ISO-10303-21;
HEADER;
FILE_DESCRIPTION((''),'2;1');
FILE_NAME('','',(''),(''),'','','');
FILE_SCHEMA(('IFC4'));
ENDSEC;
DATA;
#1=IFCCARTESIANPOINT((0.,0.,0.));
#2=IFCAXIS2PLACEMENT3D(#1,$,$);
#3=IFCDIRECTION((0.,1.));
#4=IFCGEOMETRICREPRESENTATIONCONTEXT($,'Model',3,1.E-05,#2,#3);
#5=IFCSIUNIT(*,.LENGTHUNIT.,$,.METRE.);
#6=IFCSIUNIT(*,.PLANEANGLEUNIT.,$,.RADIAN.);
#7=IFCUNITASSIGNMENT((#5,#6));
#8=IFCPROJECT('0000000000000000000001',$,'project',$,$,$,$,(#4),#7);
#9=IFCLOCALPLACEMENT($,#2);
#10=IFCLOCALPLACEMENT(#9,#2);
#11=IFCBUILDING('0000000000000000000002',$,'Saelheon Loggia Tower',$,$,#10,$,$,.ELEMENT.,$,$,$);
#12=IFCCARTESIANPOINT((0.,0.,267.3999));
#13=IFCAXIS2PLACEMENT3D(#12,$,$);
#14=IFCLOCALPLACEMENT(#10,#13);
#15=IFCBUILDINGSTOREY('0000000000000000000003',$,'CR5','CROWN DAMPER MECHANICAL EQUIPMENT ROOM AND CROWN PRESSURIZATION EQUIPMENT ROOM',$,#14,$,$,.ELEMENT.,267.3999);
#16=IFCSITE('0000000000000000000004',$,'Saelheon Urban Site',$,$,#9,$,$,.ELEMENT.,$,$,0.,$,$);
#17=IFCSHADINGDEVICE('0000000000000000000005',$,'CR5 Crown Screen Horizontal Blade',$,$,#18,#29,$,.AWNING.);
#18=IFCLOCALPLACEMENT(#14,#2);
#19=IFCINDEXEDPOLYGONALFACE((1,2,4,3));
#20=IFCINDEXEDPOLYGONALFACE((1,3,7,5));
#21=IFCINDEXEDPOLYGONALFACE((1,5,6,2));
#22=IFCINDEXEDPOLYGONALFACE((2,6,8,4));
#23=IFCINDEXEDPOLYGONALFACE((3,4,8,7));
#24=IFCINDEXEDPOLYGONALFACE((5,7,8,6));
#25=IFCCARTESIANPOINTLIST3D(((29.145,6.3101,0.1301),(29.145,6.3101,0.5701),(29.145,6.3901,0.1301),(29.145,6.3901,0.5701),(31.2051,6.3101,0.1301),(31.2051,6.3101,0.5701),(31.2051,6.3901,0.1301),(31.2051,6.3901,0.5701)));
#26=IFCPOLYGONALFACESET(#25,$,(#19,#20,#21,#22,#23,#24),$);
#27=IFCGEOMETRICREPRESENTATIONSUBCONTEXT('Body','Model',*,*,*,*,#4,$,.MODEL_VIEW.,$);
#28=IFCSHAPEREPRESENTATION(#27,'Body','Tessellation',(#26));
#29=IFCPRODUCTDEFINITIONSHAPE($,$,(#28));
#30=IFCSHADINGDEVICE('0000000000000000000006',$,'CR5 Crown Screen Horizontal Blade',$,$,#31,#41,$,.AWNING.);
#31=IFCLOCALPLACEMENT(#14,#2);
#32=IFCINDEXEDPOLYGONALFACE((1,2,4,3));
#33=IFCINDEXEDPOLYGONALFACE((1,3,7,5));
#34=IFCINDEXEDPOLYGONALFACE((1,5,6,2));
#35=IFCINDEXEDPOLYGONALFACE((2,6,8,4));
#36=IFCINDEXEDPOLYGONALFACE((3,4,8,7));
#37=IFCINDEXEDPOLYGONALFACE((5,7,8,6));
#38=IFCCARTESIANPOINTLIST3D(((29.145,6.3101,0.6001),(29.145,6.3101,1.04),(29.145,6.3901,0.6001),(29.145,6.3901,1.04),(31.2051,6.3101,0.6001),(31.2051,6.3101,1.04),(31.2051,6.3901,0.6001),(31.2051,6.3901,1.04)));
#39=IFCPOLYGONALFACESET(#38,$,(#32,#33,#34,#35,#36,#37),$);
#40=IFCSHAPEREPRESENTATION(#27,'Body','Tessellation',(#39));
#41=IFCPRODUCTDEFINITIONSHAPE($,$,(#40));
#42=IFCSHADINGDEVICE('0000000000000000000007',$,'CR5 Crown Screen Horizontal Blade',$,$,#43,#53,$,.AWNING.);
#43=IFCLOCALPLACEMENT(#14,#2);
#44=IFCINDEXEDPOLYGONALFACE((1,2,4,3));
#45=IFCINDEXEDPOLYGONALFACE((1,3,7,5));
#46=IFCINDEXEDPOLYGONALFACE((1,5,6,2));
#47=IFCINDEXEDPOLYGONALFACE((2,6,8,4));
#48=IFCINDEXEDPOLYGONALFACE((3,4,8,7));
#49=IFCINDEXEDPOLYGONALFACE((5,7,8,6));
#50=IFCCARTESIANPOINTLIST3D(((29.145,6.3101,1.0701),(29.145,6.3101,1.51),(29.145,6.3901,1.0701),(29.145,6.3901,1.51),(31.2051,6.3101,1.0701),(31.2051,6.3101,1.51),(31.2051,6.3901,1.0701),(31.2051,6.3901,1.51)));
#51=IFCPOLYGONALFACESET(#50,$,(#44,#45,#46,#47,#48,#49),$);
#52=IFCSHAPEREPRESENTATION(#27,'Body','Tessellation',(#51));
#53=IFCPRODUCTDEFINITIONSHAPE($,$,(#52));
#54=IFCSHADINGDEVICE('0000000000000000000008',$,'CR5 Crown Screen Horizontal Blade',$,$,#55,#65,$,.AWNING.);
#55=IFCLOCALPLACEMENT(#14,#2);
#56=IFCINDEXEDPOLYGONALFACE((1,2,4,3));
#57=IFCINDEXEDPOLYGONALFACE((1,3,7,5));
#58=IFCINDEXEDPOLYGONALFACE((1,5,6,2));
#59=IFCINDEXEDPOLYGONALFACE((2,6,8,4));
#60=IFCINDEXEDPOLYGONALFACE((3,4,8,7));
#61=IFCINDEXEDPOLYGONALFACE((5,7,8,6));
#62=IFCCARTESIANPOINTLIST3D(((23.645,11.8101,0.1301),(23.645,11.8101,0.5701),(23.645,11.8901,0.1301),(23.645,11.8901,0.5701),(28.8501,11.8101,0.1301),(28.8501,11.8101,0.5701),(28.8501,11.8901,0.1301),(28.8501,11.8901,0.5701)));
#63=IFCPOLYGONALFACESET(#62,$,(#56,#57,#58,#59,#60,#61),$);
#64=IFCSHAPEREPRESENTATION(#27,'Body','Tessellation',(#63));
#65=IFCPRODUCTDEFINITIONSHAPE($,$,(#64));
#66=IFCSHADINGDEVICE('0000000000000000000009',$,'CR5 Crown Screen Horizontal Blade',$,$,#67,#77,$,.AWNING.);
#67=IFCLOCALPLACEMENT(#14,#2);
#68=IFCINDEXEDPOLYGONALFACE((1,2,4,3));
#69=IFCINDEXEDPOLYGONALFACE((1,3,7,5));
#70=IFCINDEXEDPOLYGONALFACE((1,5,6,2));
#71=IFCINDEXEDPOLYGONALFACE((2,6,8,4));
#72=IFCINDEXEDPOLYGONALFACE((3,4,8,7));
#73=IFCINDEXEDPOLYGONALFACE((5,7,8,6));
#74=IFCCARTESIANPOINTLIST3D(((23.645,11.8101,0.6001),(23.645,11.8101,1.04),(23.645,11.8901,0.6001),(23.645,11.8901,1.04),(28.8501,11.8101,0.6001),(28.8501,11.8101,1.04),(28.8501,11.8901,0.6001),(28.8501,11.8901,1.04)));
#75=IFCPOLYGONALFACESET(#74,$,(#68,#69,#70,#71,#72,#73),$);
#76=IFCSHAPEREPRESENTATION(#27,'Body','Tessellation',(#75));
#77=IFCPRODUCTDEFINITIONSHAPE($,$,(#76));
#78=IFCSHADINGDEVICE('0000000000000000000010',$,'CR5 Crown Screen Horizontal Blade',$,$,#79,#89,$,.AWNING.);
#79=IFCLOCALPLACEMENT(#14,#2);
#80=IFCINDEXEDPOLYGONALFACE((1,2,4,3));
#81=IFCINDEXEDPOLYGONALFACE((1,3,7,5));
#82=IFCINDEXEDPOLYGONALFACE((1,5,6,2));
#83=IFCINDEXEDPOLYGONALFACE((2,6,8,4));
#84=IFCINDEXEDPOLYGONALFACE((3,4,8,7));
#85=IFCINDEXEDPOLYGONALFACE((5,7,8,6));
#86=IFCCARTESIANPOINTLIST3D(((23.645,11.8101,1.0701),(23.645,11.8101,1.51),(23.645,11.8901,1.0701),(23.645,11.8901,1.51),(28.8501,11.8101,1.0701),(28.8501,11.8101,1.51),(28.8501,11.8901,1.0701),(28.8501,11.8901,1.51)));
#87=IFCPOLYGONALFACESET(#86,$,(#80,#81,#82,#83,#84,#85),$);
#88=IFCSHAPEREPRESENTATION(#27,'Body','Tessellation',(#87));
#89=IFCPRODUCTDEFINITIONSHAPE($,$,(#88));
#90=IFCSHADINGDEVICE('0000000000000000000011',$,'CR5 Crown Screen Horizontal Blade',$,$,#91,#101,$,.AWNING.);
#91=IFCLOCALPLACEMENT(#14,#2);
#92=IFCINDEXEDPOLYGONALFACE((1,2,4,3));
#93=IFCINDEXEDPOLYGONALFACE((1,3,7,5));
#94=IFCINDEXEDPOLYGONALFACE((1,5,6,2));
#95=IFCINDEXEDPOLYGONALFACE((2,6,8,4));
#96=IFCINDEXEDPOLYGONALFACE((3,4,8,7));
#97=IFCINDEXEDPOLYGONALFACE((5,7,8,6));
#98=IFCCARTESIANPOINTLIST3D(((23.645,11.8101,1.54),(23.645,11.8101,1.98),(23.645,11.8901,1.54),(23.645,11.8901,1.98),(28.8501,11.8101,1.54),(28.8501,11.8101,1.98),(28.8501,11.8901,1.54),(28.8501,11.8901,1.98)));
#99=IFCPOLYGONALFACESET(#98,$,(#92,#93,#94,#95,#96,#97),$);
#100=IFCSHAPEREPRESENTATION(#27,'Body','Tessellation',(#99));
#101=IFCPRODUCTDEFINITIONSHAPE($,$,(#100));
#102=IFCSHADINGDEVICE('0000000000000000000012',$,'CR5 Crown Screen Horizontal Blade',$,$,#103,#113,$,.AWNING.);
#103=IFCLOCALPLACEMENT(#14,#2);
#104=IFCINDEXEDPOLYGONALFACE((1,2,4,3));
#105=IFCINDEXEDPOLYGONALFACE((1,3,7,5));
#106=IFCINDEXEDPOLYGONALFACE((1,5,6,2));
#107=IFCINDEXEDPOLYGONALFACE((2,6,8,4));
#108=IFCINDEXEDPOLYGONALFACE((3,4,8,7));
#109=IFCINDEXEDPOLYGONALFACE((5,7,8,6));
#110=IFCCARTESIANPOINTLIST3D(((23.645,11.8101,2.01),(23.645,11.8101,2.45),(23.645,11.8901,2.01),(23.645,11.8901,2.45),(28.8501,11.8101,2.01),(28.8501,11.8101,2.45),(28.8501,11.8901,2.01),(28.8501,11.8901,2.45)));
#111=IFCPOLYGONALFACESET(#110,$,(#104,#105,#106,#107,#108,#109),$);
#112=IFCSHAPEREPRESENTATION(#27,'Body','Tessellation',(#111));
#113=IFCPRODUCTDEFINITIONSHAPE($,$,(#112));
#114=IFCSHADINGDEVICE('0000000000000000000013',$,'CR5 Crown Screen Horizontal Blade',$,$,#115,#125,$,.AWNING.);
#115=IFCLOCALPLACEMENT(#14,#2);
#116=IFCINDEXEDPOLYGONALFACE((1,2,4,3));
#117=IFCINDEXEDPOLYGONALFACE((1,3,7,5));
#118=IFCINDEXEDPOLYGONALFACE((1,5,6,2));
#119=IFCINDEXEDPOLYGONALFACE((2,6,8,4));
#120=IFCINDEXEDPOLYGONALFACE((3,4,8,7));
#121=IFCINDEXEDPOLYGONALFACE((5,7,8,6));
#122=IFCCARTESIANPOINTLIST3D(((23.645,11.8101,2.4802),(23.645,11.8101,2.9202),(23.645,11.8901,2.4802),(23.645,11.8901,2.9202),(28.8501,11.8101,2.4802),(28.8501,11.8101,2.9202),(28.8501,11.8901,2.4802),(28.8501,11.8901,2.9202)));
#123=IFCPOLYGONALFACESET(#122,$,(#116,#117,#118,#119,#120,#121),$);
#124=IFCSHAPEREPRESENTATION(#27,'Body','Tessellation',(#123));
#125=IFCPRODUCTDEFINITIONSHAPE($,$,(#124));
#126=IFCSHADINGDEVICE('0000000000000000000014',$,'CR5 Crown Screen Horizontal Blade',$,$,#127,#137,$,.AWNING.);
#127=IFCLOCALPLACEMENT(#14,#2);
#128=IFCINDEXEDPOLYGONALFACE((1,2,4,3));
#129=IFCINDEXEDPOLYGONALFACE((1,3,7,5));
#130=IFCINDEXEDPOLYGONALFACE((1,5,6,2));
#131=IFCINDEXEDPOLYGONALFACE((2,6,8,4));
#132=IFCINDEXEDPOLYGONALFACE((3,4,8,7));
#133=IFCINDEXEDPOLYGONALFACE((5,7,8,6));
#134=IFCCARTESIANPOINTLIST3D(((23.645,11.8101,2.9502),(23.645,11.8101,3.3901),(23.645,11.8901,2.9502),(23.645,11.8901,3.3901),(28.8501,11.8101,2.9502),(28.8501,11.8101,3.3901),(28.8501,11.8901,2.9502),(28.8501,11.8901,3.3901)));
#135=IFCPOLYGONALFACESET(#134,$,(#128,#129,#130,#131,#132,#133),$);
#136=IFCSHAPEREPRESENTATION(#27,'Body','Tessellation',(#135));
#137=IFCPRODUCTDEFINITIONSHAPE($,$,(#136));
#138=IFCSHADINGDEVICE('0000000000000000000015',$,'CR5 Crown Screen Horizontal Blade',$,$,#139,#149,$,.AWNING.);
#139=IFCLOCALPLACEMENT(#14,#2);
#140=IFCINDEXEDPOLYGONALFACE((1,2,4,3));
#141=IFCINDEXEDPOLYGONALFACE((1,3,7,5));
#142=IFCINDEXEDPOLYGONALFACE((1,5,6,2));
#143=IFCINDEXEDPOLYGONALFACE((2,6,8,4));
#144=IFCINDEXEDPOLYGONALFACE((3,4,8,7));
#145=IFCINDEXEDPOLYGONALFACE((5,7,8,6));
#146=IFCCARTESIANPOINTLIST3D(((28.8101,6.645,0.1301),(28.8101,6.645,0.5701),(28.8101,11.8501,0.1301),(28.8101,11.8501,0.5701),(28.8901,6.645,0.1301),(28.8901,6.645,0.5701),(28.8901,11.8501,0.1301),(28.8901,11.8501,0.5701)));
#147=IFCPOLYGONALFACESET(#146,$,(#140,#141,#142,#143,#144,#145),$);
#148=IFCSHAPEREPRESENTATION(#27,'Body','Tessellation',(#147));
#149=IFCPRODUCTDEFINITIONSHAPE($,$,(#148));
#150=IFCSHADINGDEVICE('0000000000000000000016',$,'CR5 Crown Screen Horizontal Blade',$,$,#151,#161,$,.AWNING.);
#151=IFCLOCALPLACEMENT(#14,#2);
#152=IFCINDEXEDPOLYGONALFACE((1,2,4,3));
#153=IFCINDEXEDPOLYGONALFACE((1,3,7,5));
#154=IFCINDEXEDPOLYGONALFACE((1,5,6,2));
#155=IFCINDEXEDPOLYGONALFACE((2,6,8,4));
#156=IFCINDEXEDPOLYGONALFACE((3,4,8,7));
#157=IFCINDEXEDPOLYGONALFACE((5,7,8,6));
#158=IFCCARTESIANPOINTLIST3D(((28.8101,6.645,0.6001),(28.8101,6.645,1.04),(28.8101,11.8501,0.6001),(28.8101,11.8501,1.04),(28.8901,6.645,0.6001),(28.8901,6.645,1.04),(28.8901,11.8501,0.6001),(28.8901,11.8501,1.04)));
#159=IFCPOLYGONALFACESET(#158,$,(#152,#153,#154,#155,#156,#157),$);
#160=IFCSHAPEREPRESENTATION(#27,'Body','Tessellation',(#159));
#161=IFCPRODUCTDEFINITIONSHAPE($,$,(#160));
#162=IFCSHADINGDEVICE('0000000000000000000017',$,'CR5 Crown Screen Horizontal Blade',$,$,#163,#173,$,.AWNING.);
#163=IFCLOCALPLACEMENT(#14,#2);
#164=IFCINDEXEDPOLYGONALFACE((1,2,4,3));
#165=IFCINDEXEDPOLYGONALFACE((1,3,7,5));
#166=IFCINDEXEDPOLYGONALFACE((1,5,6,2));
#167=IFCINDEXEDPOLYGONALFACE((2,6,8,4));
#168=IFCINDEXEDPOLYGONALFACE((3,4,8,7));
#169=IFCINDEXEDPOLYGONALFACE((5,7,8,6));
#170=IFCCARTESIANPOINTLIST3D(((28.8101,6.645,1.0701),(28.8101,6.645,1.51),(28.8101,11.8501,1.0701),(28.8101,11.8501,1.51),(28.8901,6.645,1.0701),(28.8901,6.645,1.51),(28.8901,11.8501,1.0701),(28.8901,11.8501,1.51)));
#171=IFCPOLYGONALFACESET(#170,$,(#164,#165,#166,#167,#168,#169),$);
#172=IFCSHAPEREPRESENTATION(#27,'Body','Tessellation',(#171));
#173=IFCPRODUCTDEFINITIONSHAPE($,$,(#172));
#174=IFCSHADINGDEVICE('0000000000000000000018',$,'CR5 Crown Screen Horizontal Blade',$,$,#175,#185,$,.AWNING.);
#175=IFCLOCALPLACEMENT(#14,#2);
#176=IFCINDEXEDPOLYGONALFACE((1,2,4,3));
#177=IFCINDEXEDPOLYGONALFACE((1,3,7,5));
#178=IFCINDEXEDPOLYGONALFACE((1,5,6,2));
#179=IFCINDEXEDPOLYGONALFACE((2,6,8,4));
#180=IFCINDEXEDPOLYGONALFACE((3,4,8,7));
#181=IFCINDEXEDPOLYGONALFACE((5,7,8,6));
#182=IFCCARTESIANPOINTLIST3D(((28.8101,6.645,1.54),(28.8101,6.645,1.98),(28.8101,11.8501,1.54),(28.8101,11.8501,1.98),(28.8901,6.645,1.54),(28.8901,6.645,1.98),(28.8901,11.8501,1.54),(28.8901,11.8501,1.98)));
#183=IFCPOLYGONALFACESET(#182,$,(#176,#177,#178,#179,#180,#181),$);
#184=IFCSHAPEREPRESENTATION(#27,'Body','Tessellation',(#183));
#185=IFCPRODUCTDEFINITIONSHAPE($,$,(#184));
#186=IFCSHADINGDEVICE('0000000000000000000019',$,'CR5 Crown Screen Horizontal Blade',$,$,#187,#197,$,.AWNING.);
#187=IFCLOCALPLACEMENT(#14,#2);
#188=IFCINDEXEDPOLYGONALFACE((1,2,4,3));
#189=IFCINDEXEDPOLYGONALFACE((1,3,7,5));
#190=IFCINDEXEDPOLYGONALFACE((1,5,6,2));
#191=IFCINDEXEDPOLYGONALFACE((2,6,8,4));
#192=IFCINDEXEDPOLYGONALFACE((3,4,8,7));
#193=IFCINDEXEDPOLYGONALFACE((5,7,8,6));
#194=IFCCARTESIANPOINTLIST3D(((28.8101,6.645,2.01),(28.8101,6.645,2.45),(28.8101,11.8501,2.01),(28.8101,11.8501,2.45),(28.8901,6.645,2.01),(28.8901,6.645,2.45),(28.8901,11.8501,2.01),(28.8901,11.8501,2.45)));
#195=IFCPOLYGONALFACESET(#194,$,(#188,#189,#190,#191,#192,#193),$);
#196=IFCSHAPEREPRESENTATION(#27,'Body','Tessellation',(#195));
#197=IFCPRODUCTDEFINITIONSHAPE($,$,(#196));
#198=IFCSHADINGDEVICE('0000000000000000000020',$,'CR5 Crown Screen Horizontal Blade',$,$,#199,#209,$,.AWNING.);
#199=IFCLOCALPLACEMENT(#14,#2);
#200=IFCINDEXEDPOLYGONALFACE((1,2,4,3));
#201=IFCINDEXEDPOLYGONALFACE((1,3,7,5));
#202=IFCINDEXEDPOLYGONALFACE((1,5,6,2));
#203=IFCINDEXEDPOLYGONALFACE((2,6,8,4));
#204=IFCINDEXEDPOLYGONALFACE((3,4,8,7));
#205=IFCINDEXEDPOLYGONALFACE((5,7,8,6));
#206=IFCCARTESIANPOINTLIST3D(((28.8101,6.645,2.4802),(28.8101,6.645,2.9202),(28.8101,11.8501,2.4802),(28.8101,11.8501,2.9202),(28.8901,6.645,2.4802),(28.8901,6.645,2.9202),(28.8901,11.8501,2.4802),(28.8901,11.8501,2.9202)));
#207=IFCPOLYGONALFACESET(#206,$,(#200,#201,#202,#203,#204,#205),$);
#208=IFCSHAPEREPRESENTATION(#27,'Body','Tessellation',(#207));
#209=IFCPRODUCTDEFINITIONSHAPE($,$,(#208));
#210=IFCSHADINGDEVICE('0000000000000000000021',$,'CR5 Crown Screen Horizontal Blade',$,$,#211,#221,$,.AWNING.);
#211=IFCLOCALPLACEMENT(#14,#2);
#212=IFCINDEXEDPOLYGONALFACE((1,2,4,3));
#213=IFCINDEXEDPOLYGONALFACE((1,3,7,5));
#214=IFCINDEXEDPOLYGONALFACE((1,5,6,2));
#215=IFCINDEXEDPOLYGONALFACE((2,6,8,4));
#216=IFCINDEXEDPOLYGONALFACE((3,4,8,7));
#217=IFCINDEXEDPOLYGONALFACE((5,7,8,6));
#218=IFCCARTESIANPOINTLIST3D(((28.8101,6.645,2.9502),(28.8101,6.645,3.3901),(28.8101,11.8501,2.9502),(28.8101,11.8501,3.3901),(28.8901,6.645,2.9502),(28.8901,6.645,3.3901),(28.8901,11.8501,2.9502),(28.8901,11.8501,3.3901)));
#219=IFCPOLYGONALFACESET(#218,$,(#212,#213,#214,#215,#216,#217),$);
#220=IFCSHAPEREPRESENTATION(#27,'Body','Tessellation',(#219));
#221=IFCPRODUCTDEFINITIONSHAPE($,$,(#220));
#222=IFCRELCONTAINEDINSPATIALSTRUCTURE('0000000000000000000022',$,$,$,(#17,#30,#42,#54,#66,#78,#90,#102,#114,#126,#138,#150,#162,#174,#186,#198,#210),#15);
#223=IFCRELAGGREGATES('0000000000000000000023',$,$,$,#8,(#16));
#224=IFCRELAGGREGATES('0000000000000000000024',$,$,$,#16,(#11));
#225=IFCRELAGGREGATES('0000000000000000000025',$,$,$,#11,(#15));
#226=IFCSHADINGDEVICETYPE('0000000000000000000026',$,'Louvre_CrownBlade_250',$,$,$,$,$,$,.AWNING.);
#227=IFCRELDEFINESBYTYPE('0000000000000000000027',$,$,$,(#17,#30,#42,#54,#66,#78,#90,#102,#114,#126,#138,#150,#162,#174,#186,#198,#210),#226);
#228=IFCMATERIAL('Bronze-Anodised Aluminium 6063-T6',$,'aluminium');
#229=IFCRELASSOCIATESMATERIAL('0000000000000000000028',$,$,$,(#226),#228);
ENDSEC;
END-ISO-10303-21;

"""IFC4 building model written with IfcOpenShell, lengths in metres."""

from ifc_helpers import new_model, si_unit, direction, frame, origin, origin_2d, place, context, subcontext, project, spatial, rectangle, extrude, source, transform, mapped, material, material_profile, profile_set, type_object, element, save


model = new_model("IFC4")

# Units and contexts
model_context = context("Model", 3, precision=1e-05, world=origin(), true_north=direction((0.0, 1.0)))
body_context = subcontext(model_context, "Body", "Model", "MODEL_VIEW")
ifc_project = project(units=[si_unit("LENGTHUNIT", "METRE"), si_unit("PLANEANGLEUNIT", "RADIAN")], contexts=[model_context])

# Site, building, storey
site_placement = place(None, origin())
site = spatial("IfcSite", under=ifc_project, at=site_placement, Name="Saelheon Urban Site", CompositionType="ELEMENT", RefElevation=0.0)
building_placement = place(site_placement, origin())
building = spatial("IfcBuilding", under=site, at=building_placement, Name="Saelheon Loggia Tower", CompositionType="ELEMENT")
storey_placement = place(building_placement, frame((0.0, 0.0, 267.3999)))
storey = spatial("IfcBuildingStorey", under=building, at=storey_placement, Name="CR5", Description="CROWN DAMPER MECHANICAL EQUIPMENT ROOM AND CROWN PRESSURIZATION EQUIPMENT ROOM", CompositionType="ELEMENT", Elevation=267.3999)

# Shared definitions
ifc_material_1 = material(Name="Bronze-Anodised Aluminium 6063-T6", Category="aluminium")

# Shading devices
ifc_material_profile_1 = material_profile(ifc_material_1, rectangle(XDim=0.0801, YDim=0.4399, at=origin_2d()), Name="Louvre_CrownBlade_250")
ifc_profile_set_1 = profile_set([ifc_material_profile_1], Name="Bronze-Anodised Aluminium 6063-T6")
shading_device_type = type_object("IfcShadingDeviceType", Name="Louvre_CrownBlade_250", PredefinedType="AWNING", material=ifc_profile_set_1)
shared_shape_1 = source(origin(), body_context, "Body", "SweptSolid", [
    extrude(rectangle(XDim=0.0801, YDim=0.4399, at=origin_2d()), origin(), (0.0, 0.0, 1.0), 2.0601),
])
for number, where, z_axis, x_axis, name in (
    (1, (29.145, 6.3501, 0.3501), (1.0, 0.0, 0.0), (0.0, 1.0, 0.0), "CR5 Crown Screen Horizontal Blade"),
    (2, (29.145, 6.3501, 0.8201), (1.0, 0.0, 0.0), (0.0, 1.0, 0.0), "CR5 Crown Screen Horizontal Blade"),
    (3, (29.145, 6.3501, 1.29), (1.0, 0.0, 0.0), (0.0, 1.0, 0.0), "CR5 Crown Screen Horizontal Blade"),
):
    element("IfcShadingDevice", number, at=place(storey_placement, frame(where, z_axis=z_axis, x_axis=x_axis)), inside=storey, type_object=shading_device_type, Name=name, PredefinedType="AWNING", context=body_context, shape_type="MappedRepresentation", body=[
        mapped(shared_shape_1, transform((0.0, 0.0, 0.0), scale=1.0)),
    ])
shared_shape_2 = source(origin(), body_context, "Body", "SweptSolid", [
    extrude(rectangle(XDim=0.0801, YDim=0.4399, at=origin_2d()), origin(), (0.0, 0.0, 1.0), 5.2051),
])
for number, where, z_axis, x_axis, name in (
    (4, (23.645, 11.8501, 0.3501), (1.0, 0.0, 0.0), (0.0, 1.0, 0.0), "CR5 Crown Screen Horizontal Blade"),
    (5, (23.645, 11.8501, 0.8201), (1.0, 0.0, 0.0), (0.0, 1.0, 0.0), "CR5 Crown Screen Horizontal Blade"),
    (6, (23.645, 11.8501, 1.29), (1.0, 0.0, 0.0), (0.0, 1.0, 0.0), "CR5 Crown Screen Horizontal Blade"),
    (7, (23.645, 11.8501, 1.76), (1.0, 0.0, 0.0), (0.0, 1.0, 0.0), "CR5 Crown Screen Horizontal Blade"),
    (8, (23.645, 11.8501, 2.23), (1.0, 0.0, 0.0), (0.0, 1.0, 0.0), "CR5 Crown Screen Horizontal Blade"),
    (9, (23.645, 11.8501, 2.7002), (1.0, 0.0, 0.0), (0.0, 1.0, 0.0), "CR5 Crown Screen Horizontal Blade"),
    (10, (23.645, 11.8501, 3.1702), (1.0, 0.0, 0.0), (0.0, 1.0, 0.0), "CR5 Crown Screen Horizontal Blade"),
    (11, (28.8501, 11.8501, 0.3501), (0.0, -1.0, 0.0), (1.0, 0.0, 0.0), "CR5 Crown Screen Horizontal Blade"),
    (12, (28.8501, 11.8501, 0.8201), (0.0, -1.0, 0.0), (1.0, 0.0, 0.0), "CR5 Crown Screen Horizontal Blade"),
    (13, (28.8501, 11.8501, 1.29), (0.0, -1.0, 0.0), (1.0, 0.0, 0.0), "CR5 Crown Screen Horizontal Blade"),
    (14, (28.8501, 11.8501, 1.76), (0.0, -1.0, 0.0), (1.0, 0.0, 0.0), "CR5 Crown Screen Horizontal Blade"),
    (15, (28.8501, 11.8501, 2.23), (0.0, -1.0, 0.0), (1.0, 0.0, 0.0), "CR5 Crown Screen Horizontal Blade"),
    (16, (28.8501, 11.8501, 2.7002), (0.0, -1.0, 0.0), (1.0, 0.0, 0.0), "CR5 Crown Screen Horizontal Blade"),
    (17, (28.8501, 11.8501, 3.1702), (0.0, -1.0, 0.0), (1.0, 0.0, 0.0), "CR5 Crown Screen Horizontal Blade"),
):
    element("IfcShadingDevice", number, at=place(storey_placement, frame(where, z_axis=z_axis, x_axis=x_axis)), inside=storey, type_object=shading_device_type, Name=name, PredefinedType="AWNING", context=body_context, shape_type="MappedRepresentation", body=[
        mapped(shared_shape_2, transform((0.0, 0.0, 0.0), scale=1.0)),
    ])

save(model, "model.ifc")
